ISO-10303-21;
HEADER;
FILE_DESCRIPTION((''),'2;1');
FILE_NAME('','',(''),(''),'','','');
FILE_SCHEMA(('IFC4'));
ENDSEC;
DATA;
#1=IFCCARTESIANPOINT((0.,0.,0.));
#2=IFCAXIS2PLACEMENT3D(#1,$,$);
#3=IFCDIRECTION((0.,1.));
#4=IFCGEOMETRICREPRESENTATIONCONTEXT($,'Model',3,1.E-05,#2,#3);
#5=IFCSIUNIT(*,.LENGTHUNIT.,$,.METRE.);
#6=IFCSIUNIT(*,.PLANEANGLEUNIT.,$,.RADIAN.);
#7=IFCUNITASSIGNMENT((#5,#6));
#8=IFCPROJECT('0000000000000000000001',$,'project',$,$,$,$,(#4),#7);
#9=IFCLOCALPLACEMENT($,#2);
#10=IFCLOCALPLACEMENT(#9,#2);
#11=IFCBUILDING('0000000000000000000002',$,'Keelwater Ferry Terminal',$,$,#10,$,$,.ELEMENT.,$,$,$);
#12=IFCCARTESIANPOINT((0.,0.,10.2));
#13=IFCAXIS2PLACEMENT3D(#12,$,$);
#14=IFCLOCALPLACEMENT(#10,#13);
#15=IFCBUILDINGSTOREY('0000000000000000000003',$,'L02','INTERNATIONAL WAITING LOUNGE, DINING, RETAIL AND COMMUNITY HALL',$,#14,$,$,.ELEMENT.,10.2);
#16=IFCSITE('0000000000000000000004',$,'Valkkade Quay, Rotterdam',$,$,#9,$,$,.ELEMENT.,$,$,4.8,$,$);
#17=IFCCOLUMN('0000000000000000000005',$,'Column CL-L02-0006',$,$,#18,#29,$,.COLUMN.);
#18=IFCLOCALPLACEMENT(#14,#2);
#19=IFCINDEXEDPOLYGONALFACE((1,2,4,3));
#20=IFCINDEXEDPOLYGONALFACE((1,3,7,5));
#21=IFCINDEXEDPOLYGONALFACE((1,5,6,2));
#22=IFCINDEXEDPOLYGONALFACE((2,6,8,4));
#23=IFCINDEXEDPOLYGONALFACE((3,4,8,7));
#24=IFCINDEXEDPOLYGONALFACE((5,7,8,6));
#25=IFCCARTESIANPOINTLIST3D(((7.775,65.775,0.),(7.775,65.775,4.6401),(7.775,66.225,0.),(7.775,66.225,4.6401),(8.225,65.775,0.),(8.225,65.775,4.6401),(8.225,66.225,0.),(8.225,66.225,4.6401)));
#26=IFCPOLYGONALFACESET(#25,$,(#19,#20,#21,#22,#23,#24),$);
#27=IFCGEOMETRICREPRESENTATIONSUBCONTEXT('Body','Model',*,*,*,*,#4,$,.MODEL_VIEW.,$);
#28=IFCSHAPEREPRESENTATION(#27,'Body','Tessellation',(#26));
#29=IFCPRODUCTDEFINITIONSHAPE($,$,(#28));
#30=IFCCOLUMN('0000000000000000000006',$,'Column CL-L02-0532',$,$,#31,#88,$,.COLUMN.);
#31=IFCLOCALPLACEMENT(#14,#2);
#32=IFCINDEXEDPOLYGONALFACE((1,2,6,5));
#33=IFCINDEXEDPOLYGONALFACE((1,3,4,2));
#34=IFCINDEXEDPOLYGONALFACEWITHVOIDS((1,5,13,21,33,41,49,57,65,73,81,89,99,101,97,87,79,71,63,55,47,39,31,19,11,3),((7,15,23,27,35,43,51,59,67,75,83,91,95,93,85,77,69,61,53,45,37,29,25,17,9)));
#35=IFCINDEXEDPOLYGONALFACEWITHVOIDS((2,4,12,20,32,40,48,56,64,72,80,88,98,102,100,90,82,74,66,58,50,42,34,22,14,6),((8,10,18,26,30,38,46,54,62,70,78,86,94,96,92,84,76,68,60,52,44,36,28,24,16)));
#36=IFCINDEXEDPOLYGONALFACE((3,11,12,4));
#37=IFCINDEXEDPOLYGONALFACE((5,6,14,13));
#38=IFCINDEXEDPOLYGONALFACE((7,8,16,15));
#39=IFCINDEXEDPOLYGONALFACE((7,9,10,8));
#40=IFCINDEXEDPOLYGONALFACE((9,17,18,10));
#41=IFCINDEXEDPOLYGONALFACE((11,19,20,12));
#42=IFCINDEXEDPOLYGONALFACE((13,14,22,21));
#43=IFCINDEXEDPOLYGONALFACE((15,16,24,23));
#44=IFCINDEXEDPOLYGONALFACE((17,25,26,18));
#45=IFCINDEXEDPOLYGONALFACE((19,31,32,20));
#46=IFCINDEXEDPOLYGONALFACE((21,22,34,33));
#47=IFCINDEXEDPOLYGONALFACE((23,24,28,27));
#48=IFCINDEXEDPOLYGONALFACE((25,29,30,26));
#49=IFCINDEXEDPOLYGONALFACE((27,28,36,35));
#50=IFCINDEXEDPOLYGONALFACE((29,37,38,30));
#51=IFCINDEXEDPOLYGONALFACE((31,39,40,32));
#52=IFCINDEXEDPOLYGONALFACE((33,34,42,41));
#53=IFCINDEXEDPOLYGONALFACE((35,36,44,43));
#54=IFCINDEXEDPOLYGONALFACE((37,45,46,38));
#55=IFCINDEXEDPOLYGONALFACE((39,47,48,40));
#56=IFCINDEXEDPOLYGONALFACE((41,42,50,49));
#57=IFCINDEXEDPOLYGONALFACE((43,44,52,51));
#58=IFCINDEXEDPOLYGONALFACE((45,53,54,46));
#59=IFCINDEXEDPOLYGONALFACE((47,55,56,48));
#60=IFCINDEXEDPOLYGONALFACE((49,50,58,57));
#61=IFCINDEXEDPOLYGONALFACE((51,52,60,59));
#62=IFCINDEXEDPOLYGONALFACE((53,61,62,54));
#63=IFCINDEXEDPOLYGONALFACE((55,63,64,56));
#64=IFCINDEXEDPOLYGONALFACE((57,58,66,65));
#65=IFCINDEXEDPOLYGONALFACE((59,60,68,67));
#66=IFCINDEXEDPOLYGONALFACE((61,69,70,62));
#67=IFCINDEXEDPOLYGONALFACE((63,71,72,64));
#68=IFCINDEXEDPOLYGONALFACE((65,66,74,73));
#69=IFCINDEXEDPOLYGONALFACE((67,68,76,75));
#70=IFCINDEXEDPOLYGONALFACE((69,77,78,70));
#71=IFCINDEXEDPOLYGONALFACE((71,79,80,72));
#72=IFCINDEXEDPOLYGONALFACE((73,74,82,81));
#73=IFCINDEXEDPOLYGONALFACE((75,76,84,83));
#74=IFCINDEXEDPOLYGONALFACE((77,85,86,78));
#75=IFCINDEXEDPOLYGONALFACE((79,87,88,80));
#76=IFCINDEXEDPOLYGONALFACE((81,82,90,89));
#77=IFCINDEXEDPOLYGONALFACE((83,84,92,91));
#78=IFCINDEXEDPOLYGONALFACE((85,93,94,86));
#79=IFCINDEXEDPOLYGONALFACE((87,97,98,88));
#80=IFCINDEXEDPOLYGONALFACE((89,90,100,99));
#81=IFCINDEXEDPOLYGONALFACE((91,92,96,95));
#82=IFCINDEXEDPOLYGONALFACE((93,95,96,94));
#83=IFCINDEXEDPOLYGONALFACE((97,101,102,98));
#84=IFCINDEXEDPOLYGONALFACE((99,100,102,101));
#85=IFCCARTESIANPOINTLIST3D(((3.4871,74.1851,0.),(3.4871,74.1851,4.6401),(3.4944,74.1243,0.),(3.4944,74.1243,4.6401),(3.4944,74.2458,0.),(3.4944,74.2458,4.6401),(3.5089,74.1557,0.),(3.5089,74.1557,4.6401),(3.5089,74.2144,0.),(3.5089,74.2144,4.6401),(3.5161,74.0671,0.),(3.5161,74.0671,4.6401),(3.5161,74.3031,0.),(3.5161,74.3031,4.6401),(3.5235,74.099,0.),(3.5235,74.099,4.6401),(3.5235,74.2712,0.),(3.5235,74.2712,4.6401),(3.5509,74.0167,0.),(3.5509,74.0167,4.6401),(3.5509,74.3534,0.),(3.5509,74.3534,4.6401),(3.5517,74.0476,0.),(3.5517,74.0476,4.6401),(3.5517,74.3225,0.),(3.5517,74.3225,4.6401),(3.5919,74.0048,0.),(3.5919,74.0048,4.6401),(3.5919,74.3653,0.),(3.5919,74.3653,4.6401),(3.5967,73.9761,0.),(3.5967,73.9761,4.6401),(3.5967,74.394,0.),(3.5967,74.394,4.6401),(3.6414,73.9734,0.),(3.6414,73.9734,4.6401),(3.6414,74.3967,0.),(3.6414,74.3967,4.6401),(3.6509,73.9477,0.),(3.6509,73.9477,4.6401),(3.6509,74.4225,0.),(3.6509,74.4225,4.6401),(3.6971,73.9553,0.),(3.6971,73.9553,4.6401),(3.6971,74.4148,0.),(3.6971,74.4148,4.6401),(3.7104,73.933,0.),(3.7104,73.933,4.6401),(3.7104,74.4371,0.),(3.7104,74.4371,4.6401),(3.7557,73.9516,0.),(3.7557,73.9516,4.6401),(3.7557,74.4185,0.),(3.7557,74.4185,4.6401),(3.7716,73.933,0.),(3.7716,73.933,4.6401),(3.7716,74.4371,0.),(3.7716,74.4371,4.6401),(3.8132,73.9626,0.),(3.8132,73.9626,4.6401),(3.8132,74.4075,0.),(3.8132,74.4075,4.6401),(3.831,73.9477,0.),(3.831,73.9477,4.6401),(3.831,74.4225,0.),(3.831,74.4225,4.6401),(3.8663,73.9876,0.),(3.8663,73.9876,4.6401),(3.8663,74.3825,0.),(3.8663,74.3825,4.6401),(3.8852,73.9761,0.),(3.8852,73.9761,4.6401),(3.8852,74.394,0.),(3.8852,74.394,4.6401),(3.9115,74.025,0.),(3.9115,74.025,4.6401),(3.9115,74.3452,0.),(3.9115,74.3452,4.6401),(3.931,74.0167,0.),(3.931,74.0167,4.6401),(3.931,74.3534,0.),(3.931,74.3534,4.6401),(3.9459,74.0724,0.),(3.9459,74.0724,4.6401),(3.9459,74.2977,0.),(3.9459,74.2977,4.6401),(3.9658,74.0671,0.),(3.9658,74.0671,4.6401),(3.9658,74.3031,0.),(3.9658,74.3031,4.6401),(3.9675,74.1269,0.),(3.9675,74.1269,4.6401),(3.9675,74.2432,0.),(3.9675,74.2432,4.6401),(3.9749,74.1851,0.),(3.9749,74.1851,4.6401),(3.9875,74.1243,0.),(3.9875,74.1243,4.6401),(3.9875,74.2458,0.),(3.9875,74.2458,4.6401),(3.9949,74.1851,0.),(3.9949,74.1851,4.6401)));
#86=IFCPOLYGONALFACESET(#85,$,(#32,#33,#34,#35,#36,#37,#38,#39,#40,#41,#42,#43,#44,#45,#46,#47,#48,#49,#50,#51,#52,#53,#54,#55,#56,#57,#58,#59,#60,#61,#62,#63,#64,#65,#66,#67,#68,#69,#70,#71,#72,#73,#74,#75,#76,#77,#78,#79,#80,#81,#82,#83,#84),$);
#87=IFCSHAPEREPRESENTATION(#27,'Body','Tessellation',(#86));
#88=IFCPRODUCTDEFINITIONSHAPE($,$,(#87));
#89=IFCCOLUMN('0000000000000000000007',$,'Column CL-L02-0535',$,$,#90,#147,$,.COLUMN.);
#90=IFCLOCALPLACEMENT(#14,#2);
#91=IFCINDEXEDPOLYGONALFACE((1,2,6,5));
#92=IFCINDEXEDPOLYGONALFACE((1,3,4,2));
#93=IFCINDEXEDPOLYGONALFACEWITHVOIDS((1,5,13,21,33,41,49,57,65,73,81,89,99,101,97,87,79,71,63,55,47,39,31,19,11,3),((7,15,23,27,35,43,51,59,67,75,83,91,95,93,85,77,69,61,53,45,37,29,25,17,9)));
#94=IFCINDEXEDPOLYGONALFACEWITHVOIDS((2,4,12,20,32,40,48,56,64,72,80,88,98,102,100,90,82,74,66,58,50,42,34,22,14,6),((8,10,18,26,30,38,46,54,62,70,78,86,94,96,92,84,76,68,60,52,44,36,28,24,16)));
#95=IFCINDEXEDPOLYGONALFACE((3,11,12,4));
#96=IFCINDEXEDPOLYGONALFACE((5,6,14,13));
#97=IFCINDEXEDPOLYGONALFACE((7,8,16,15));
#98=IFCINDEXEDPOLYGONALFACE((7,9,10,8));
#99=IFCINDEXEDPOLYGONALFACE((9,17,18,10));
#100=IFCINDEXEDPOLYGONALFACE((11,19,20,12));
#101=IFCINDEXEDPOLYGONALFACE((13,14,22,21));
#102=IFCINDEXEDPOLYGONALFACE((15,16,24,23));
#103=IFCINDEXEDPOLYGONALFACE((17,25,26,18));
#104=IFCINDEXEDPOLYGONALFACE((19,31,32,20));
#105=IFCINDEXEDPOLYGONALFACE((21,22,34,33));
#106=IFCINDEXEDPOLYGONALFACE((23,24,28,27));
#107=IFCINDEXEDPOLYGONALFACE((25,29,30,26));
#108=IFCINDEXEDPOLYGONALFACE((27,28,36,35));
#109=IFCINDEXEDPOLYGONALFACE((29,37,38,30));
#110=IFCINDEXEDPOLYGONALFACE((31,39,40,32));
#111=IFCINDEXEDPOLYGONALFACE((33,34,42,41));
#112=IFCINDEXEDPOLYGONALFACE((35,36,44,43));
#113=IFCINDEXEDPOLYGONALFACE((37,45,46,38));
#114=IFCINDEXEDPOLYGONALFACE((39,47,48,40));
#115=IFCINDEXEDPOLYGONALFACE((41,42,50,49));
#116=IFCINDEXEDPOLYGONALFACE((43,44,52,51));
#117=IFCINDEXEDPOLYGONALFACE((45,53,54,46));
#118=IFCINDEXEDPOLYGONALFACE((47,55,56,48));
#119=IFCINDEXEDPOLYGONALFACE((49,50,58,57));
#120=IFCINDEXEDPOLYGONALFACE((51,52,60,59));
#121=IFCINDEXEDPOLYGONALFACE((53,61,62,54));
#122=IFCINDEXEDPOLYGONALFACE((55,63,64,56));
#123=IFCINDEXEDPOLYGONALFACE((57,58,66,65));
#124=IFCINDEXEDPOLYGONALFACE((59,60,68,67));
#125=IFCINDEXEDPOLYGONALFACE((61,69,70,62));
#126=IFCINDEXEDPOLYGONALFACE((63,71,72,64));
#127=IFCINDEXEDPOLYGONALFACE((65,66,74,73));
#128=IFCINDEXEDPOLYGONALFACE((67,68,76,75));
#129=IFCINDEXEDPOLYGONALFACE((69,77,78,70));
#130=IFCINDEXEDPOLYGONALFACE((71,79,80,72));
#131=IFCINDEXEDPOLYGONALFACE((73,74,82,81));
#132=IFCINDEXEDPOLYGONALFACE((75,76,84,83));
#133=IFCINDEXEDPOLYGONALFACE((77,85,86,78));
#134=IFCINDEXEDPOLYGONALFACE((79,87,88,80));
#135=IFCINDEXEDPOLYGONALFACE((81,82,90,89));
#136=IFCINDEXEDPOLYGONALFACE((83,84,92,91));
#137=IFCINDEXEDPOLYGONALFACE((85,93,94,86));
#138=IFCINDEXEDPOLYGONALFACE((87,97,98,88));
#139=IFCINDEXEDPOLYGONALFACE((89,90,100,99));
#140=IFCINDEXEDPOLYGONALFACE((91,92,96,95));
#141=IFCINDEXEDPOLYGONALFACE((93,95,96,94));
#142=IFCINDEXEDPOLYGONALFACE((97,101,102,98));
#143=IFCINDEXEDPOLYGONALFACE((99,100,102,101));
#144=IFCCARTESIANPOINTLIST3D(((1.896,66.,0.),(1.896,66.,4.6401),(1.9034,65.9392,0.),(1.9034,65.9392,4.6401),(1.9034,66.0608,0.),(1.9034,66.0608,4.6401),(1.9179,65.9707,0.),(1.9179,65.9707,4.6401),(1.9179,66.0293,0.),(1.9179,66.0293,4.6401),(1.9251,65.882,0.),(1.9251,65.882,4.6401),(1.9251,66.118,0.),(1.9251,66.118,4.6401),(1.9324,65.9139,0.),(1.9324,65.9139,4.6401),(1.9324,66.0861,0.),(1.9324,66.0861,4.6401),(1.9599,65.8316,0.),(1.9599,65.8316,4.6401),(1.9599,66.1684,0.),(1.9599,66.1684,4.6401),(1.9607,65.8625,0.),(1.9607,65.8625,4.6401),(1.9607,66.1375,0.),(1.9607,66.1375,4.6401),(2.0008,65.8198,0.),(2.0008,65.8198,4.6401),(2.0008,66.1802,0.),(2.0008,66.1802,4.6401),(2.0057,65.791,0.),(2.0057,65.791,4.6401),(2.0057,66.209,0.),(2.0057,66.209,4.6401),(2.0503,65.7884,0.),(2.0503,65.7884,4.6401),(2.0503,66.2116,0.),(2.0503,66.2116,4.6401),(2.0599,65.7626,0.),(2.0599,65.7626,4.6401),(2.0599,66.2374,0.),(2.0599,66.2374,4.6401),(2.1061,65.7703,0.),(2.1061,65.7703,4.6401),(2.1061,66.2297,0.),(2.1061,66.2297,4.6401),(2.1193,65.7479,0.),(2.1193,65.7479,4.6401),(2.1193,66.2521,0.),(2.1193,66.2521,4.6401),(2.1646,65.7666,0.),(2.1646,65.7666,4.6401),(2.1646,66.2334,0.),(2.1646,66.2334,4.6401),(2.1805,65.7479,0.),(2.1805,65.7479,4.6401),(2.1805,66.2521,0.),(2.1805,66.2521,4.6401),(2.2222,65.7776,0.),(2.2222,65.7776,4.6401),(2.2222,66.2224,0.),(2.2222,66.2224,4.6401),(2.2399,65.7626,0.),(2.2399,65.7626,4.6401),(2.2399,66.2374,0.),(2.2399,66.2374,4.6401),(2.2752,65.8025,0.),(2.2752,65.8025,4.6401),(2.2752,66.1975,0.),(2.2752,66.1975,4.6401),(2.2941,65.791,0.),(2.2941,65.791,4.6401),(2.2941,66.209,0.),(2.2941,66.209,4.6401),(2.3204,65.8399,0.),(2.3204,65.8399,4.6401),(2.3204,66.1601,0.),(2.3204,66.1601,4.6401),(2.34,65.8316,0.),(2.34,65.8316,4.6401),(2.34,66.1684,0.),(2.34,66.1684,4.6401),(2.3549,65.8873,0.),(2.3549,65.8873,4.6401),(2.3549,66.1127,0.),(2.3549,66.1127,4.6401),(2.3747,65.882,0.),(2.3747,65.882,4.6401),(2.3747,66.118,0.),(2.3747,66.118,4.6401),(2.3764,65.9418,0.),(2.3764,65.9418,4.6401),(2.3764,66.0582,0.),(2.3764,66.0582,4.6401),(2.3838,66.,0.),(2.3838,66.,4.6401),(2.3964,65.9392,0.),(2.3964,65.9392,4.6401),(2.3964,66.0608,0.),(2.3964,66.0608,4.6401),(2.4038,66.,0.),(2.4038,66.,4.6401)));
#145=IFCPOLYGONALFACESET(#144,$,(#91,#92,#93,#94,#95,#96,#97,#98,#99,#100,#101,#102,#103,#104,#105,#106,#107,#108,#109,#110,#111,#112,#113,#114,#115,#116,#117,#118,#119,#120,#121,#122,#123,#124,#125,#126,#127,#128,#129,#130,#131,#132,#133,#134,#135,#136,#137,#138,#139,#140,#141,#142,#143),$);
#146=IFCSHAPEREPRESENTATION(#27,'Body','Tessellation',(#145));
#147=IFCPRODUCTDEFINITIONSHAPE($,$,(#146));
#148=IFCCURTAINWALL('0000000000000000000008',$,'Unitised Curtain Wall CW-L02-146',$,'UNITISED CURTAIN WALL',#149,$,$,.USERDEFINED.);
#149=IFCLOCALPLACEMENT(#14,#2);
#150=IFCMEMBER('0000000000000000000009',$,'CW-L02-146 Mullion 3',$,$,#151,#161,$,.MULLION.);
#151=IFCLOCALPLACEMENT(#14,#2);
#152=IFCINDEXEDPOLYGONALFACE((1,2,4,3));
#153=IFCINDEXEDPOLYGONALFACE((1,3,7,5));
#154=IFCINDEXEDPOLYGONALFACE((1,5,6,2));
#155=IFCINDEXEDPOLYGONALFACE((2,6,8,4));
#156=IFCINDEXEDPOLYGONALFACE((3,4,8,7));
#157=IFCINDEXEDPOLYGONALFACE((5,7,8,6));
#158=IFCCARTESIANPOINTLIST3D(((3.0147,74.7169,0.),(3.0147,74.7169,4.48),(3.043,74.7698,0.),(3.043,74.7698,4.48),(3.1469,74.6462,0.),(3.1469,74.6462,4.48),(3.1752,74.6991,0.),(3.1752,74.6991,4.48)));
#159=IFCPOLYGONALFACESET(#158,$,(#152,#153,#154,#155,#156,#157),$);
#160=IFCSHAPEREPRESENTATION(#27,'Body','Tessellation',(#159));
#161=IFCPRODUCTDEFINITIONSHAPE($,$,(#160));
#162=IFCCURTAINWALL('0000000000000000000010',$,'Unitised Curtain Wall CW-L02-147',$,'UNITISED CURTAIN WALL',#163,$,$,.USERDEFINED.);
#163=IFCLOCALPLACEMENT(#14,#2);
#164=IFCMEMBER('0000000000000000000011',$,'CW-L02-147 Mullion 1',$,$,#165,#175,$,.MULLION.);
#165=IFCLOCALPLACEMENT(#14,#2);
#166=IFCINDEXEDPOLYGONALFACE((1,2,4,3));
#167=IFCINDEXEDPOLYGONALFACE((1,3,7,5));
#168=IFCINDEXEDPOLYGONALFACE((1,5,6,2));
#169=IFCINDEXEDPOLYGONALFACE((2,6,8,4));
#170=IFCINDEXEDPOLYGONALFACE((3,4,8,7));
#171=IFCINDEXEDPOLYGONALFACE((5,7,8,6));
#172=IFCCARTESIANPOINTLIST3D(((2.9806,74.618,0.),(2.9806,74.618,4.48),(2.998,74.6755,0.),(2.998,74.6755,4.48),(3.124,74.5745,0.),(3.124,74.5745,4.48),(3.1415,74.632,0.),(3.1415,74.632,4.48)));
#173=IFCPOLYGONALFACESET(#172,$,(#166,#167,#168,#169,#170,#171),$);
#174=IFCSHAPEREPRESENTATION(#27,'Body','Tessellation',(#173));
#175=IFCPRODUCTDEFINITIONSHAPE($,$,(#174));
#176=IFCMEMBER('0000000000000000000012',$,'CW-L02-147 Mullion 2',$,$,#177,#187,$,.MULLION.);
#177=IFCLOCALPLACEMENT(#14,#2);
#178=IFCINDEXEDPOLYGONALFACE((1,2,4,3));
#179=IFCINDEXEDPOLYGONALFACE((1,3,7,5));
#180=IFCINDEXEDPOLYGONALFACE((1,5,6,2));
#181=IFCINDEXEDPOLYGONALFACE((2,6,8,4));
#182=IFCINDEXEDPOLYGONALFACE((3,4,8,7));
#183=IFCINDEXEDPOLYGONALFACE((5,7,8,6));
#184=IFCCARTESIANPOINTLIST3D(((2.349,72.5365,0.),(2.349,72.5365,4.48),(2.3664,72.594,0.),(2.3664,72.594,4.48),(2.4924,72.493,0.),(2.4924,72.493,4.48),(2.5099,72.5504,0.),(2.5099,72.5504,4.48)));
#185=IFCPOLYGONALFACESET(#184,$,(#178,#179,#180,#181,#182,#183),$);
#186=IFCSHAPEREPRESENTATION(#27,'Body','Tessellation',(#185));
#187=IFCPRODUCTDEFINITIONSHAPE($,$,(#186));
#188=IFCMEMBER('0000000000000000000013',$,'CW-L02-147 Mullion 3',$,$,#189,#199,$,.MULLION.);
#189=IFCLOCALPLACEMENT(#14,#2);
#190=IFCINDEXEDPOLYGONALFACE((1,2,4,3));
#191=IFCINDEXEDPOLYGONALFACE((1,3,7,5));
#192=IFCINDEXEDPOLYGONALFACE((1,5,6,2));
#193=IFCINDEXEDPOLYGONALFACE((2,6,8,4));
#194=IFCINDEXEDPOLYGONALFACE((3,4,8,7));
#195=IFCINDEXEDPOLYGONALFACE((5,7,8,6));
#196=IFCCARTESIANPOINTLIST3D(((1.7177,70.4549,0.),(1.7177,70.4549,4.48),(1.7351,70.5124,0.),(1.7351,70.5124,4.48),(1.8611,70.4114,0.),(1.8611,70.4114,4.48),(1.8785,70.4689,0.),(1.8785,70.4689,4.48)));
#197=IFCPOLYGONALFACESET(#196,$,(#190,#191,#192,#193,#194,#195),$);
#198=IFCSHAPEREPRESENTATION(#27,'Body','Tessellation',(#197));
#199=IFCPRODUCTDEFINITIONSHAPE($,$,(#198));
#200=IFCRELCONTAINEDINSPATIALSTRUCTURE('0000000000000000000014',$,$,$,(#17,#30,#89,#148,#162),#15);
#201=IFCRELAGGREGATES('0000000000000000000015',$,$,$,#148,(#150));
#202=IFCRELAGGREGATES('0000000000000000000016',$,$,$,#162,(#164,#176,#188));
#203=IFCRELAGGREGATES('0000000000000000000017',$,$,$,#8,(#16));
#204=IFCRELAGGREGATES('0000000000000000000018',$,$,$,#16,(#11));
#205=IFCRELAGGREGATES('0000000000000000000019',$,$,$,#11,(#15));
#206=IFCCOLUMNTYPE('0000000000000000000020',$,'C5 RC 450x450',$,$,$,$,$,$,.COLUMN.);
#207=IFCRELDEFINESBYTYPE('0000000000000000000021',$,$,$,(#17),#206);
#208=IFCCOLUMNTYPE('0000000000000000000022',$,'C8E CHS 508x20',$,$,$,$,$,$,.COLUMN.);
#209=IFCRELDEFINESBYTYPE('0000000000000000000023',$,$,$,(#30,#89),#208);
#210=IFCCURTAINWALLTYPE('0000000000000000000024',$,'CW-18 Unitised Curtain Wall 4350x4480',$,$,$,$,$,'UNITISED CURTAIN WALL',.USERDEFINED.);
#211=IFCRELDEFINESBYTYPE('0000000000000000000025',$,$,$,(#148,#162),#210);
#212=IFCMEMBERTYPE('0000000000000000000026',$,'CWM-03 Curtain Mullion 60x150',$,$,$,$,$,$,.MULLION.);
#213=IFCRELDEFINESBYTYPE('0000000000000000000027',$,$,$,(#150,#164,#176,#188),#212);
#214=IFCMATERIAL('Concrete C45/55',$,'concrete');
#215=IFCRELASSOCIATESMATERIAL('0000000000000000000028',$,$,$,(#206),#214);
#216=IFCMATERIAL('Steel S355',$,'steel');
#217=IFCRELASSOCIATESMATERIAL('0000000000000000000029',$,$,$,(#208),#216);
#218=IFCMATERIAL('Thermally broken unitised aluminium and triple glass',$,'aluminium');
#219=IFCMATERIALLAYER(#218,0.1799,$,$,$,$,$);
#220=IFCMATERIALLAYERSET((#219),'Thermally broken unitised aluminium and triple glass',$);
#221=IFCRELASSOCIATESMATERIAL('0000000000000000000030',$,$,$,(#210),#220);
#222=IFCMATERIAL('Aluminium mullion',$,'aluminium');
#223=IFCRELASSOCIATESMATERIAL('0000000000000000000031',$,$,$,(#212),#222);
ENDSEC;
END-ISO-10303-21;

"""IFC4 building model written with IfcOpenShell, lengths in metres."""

from ifc_helpers import new_model, si_unit, direction, frame, origin, origin_2d, place, context, subcontext, project, spatial, rectangle, hollow_circle, extrude, material, layer, layer_set, material_profile, profile_set, type_object, element, aggregate, save


model = new_model("IFC4")

# Units and contexts
model_context = context("Model", 3, precision=1e-05, world=origin(), true_north=direction((0.0, 1.0)))
body_context = subcontext(model_context, "Body", "Model", "MODEL_VIEW")
ifc_project = project(units=[si_unit("LENGTHUNIT", "METRE"), si_unit("PLANEANGLEUNIT", "RADIAN")], contexts=[model_context])

# Site, building, storey
site_placement = place(None, origin())
site = spatial("IfcSite", under=ifc_project, at=site_placement, Name="Valkkade Quay, Rotterdam", CompositionType="ELEMENT", RefElevation=4.8)
building_placement = place(site_placement, origin())
building = spatial("IfcBuilding", under=site, at=building_placement, Name="Keelwater Ferry Terminal", CompositionType="ELEMENT")
storey_placement = place(building_placement, frame((0.0, 0.0, 10.2)))
storey = spatial("IfcBuildingStorey", under=building, at=storey_placement, Name="L02", Description="INTERNATIONAL WAITING LOUNGE, DINING, RETAIL AND COMMUNITY HALL", CompositionType="ELEMENT", Elevation=10.2)

# Columns
ifc_material_1 = material(Name="Concrete C45/55", Category="concrete")
ifc_material_profile_1 = material_profile(ifc_material_1, rectangle(XDim=0.45, YDim=0.45, at=origin_2d()), Name="RC 450x450")
ifc_profile_set_1 = profile_set([ifc_material_profile_1], Name="Concrete C45/55")
column_type_1 = type_object("IfcColumnType", Name="C5 RC 450x450", PredefinedType="COLUMN", material=ifc_profile_set_1)
column_placement = place(storey_placement, frame((8.0, 66.0, 0.0), z_axis=(0.0, 0.0, 1.0), x_axis=(1.0, 0.0, 0.0)))
element("IfcColumn", 1, at=column_placement, inside=storey, type_object=column_type_1, Name="Column CL-L02-0006", PredefinedType="COLUMN", context=body_context, shape_type="SweptSolid", body=[
    extrude(rectangle(XDim=0.45, YDim=0.45, at=origin_2d()), origin(), (0.0, 0.0, 1.0), 4.6401),
])
ifc_material_2 = material(Name="Steel S355", Category="steel")
ifc_material_profile_2 = material_profile(ifc_material_2, hollow_circle(Radius=0.2539, WallThickness=0.02, at=origin_2d()), Name="CHS 508x20")
ifc_profile_set_2 = profile_set([ifc_material_profile_2], Name="Steel S355")
column_type_2 = type_object("IfcColumnType", Name="C8E CHS 508x20", PredefinedType="COLUMN", material=ifc_profile_set_2)
for number, where, z_axis, x_axis, name in (
    (2, (3.741, 74.1851, 0.0), (0.0, 0.0, 1.0), (1.0, 0.0, 0.0), "Column CL-L02-0532"),
    (3, (2.1499, 66.0, 0.0), (0.0, 0.0, 1.0), (1.0, 0.0, 0.0), "Column CL-L02-0535"),
):
    element("IfcColumn", number, at=place(storey_placement, frame(where, z_axis=z_axis, x_axis=x_axis)), inside=storey, type_object=column_type_2, Name=name, PredefinedType="COLUMN", context=body_context, shape_type="SweptSolid", body=[
        extrude(hollow_circle(Radius=0.2539, WallThickness=0.02, at=origin_2d()), origin(), (0.0, 0.0, 1.0), 4.6401),
    ])

# Curtain wall, member
ifc_material_3 = material(Name="Thermally broken unitised aluminium and triple glass", Category="aluminium")
ifc_layer_1 = layer(ifc_material_3, 0.1799)
ifc_layer_set_1 = layer_set([ifc_layer_1], Name="Thermally broken unitised aluminium and triple glass")
curtain_wall_type = type_object("IfcCurtainWallType", Name="CW-18 Unitised Curtain Wall 4350x4480", ElementType="UNITISED CURTAIN WALL", PredefinedType="USERDEFINED", material=ifc_layer_set_1)
curtain_wall_1_placement = place(storey_placement, origin())
curtain_wall_1 = element("IfcCurtainWall", 4, at=curtain_wall_1_placement, inside=storey, type_object=curtain_wall_type, Name="Unitised Curtain Wall CW-L02-146", ObjectType="UNITISED CURTAIN WALL", PredefinedType="USERDEFINED")
ifc_material_4 = material(Name="Aluminium mullion", Category="aluminium")
ifc_material_profile_3 = material_profile(ifc_material_4, rectangle(XDim=0.0601, YDim=0.1499, at=origin_2d()), Name="CWM-03")
ifc_profile_set_3 = profile_set([ifc_material_profile_3], Name="Aluminium mullion")
member_type_1 = type_object("IfcMemberType", Name="CWM-03 Curtain Mullion 60x150", PredefinedType="MULLION", material=ifc_profile_set_3)
member_1_placement = place(storey_placement, frame((3.095, 74.708, 0.0), z_axis=(0.0, 0.0, 1.0), x_axis=(-0.471507, -0.881862, 0.0)))
member_1 = element("IfcMember", 5, at=member_1_placement, type_object=member_type_1, Name="CW-L02-146 Mullion 3", PredefinedType="MULLION", context=body_context, shape_type="SweptSolid", body=[
    extrude(rectangle(XDim=0.0601, YDim=0.1499, at=origin_2d()), origin(), (0.0, 0.0, 1.0), 4.48),
])

# Curtain wall, members
curtain_wall_2_placement = place(storey_placement, origin())
curtain_wall_2 = element("IfcCurtainWall", 6, at=curtain_wall_2_placement, inside=storey, type_object=curtain_wall_type, Name="Unitised Curtain Wall CW-L02-147", ObjectType="UNITISED CURTAIN WALL", PredefinedType="USERDEFINED")
member_2_placement = place(storey_placement, frame((3.061, 74.625, 0.0), z_axis=(0.0, 0.0, 1.0), x_axis=(-0.29032, -0.95693, 0.0)))
member_2 = element("IfcMember", 7, at=member_2_placement, type_object=member_type_1, Name="CW-L02-147 Mullion 1", PredefinedType="MULLION", context=body_context, shape_type="SweptSolid", body=[
    extrude(rectangle(XDim=0.0601, YDim=0.1499, at=origin_2d()), origin(), (0.0, 0.0, 1.0), 4.48),
])
member_3_placement = place(storey_placement, frame((2.4294, 72.5435, 0.0), z_axis=(0.0, 0.0, 1.0), x_axis=(-0.29032, -0.95693, 0.0)))
member_3 = element("IfcMember", 8, at=member_3_placement, type_object=member_type_1, Name="CW-L02-147 Mullion 2", PredefinedType="MULLION", context=body_context, shape_type="SweptSolid", body=[
    extrude(rectangle(XDim=0.0601, YDim=0.1499, at=origin_2d()), origin(), (0.0, 0.0, 1.0), 4.48),
])
member_4_placement = place(storey_placement, frame((1.7981, 70.4619, 0.0), z_axis=(0.0, 0.0, 1.0), x_axis=(-0.29032, -0.95693, 0.0)))
member_4 = element("IfcMember", 9, at=member_4_placement, type_object=member_type_1, Name="CW-L02-147 Mullion 3", PredefinedType="MULLION", context=body_context, shape_type="SweptSolid", body=[
    extrude(rectangle(XDim=0.0601, YDim=0.1499, at=origin_2d()), origin(), (0.0, 0.0, 1.0), 4.48),
])

aggregate(curtain_wall_1, [member_1])
aggregate(curtain_wall_2, [member_2, member_3, member_4])

save(model, "model.ifc")
